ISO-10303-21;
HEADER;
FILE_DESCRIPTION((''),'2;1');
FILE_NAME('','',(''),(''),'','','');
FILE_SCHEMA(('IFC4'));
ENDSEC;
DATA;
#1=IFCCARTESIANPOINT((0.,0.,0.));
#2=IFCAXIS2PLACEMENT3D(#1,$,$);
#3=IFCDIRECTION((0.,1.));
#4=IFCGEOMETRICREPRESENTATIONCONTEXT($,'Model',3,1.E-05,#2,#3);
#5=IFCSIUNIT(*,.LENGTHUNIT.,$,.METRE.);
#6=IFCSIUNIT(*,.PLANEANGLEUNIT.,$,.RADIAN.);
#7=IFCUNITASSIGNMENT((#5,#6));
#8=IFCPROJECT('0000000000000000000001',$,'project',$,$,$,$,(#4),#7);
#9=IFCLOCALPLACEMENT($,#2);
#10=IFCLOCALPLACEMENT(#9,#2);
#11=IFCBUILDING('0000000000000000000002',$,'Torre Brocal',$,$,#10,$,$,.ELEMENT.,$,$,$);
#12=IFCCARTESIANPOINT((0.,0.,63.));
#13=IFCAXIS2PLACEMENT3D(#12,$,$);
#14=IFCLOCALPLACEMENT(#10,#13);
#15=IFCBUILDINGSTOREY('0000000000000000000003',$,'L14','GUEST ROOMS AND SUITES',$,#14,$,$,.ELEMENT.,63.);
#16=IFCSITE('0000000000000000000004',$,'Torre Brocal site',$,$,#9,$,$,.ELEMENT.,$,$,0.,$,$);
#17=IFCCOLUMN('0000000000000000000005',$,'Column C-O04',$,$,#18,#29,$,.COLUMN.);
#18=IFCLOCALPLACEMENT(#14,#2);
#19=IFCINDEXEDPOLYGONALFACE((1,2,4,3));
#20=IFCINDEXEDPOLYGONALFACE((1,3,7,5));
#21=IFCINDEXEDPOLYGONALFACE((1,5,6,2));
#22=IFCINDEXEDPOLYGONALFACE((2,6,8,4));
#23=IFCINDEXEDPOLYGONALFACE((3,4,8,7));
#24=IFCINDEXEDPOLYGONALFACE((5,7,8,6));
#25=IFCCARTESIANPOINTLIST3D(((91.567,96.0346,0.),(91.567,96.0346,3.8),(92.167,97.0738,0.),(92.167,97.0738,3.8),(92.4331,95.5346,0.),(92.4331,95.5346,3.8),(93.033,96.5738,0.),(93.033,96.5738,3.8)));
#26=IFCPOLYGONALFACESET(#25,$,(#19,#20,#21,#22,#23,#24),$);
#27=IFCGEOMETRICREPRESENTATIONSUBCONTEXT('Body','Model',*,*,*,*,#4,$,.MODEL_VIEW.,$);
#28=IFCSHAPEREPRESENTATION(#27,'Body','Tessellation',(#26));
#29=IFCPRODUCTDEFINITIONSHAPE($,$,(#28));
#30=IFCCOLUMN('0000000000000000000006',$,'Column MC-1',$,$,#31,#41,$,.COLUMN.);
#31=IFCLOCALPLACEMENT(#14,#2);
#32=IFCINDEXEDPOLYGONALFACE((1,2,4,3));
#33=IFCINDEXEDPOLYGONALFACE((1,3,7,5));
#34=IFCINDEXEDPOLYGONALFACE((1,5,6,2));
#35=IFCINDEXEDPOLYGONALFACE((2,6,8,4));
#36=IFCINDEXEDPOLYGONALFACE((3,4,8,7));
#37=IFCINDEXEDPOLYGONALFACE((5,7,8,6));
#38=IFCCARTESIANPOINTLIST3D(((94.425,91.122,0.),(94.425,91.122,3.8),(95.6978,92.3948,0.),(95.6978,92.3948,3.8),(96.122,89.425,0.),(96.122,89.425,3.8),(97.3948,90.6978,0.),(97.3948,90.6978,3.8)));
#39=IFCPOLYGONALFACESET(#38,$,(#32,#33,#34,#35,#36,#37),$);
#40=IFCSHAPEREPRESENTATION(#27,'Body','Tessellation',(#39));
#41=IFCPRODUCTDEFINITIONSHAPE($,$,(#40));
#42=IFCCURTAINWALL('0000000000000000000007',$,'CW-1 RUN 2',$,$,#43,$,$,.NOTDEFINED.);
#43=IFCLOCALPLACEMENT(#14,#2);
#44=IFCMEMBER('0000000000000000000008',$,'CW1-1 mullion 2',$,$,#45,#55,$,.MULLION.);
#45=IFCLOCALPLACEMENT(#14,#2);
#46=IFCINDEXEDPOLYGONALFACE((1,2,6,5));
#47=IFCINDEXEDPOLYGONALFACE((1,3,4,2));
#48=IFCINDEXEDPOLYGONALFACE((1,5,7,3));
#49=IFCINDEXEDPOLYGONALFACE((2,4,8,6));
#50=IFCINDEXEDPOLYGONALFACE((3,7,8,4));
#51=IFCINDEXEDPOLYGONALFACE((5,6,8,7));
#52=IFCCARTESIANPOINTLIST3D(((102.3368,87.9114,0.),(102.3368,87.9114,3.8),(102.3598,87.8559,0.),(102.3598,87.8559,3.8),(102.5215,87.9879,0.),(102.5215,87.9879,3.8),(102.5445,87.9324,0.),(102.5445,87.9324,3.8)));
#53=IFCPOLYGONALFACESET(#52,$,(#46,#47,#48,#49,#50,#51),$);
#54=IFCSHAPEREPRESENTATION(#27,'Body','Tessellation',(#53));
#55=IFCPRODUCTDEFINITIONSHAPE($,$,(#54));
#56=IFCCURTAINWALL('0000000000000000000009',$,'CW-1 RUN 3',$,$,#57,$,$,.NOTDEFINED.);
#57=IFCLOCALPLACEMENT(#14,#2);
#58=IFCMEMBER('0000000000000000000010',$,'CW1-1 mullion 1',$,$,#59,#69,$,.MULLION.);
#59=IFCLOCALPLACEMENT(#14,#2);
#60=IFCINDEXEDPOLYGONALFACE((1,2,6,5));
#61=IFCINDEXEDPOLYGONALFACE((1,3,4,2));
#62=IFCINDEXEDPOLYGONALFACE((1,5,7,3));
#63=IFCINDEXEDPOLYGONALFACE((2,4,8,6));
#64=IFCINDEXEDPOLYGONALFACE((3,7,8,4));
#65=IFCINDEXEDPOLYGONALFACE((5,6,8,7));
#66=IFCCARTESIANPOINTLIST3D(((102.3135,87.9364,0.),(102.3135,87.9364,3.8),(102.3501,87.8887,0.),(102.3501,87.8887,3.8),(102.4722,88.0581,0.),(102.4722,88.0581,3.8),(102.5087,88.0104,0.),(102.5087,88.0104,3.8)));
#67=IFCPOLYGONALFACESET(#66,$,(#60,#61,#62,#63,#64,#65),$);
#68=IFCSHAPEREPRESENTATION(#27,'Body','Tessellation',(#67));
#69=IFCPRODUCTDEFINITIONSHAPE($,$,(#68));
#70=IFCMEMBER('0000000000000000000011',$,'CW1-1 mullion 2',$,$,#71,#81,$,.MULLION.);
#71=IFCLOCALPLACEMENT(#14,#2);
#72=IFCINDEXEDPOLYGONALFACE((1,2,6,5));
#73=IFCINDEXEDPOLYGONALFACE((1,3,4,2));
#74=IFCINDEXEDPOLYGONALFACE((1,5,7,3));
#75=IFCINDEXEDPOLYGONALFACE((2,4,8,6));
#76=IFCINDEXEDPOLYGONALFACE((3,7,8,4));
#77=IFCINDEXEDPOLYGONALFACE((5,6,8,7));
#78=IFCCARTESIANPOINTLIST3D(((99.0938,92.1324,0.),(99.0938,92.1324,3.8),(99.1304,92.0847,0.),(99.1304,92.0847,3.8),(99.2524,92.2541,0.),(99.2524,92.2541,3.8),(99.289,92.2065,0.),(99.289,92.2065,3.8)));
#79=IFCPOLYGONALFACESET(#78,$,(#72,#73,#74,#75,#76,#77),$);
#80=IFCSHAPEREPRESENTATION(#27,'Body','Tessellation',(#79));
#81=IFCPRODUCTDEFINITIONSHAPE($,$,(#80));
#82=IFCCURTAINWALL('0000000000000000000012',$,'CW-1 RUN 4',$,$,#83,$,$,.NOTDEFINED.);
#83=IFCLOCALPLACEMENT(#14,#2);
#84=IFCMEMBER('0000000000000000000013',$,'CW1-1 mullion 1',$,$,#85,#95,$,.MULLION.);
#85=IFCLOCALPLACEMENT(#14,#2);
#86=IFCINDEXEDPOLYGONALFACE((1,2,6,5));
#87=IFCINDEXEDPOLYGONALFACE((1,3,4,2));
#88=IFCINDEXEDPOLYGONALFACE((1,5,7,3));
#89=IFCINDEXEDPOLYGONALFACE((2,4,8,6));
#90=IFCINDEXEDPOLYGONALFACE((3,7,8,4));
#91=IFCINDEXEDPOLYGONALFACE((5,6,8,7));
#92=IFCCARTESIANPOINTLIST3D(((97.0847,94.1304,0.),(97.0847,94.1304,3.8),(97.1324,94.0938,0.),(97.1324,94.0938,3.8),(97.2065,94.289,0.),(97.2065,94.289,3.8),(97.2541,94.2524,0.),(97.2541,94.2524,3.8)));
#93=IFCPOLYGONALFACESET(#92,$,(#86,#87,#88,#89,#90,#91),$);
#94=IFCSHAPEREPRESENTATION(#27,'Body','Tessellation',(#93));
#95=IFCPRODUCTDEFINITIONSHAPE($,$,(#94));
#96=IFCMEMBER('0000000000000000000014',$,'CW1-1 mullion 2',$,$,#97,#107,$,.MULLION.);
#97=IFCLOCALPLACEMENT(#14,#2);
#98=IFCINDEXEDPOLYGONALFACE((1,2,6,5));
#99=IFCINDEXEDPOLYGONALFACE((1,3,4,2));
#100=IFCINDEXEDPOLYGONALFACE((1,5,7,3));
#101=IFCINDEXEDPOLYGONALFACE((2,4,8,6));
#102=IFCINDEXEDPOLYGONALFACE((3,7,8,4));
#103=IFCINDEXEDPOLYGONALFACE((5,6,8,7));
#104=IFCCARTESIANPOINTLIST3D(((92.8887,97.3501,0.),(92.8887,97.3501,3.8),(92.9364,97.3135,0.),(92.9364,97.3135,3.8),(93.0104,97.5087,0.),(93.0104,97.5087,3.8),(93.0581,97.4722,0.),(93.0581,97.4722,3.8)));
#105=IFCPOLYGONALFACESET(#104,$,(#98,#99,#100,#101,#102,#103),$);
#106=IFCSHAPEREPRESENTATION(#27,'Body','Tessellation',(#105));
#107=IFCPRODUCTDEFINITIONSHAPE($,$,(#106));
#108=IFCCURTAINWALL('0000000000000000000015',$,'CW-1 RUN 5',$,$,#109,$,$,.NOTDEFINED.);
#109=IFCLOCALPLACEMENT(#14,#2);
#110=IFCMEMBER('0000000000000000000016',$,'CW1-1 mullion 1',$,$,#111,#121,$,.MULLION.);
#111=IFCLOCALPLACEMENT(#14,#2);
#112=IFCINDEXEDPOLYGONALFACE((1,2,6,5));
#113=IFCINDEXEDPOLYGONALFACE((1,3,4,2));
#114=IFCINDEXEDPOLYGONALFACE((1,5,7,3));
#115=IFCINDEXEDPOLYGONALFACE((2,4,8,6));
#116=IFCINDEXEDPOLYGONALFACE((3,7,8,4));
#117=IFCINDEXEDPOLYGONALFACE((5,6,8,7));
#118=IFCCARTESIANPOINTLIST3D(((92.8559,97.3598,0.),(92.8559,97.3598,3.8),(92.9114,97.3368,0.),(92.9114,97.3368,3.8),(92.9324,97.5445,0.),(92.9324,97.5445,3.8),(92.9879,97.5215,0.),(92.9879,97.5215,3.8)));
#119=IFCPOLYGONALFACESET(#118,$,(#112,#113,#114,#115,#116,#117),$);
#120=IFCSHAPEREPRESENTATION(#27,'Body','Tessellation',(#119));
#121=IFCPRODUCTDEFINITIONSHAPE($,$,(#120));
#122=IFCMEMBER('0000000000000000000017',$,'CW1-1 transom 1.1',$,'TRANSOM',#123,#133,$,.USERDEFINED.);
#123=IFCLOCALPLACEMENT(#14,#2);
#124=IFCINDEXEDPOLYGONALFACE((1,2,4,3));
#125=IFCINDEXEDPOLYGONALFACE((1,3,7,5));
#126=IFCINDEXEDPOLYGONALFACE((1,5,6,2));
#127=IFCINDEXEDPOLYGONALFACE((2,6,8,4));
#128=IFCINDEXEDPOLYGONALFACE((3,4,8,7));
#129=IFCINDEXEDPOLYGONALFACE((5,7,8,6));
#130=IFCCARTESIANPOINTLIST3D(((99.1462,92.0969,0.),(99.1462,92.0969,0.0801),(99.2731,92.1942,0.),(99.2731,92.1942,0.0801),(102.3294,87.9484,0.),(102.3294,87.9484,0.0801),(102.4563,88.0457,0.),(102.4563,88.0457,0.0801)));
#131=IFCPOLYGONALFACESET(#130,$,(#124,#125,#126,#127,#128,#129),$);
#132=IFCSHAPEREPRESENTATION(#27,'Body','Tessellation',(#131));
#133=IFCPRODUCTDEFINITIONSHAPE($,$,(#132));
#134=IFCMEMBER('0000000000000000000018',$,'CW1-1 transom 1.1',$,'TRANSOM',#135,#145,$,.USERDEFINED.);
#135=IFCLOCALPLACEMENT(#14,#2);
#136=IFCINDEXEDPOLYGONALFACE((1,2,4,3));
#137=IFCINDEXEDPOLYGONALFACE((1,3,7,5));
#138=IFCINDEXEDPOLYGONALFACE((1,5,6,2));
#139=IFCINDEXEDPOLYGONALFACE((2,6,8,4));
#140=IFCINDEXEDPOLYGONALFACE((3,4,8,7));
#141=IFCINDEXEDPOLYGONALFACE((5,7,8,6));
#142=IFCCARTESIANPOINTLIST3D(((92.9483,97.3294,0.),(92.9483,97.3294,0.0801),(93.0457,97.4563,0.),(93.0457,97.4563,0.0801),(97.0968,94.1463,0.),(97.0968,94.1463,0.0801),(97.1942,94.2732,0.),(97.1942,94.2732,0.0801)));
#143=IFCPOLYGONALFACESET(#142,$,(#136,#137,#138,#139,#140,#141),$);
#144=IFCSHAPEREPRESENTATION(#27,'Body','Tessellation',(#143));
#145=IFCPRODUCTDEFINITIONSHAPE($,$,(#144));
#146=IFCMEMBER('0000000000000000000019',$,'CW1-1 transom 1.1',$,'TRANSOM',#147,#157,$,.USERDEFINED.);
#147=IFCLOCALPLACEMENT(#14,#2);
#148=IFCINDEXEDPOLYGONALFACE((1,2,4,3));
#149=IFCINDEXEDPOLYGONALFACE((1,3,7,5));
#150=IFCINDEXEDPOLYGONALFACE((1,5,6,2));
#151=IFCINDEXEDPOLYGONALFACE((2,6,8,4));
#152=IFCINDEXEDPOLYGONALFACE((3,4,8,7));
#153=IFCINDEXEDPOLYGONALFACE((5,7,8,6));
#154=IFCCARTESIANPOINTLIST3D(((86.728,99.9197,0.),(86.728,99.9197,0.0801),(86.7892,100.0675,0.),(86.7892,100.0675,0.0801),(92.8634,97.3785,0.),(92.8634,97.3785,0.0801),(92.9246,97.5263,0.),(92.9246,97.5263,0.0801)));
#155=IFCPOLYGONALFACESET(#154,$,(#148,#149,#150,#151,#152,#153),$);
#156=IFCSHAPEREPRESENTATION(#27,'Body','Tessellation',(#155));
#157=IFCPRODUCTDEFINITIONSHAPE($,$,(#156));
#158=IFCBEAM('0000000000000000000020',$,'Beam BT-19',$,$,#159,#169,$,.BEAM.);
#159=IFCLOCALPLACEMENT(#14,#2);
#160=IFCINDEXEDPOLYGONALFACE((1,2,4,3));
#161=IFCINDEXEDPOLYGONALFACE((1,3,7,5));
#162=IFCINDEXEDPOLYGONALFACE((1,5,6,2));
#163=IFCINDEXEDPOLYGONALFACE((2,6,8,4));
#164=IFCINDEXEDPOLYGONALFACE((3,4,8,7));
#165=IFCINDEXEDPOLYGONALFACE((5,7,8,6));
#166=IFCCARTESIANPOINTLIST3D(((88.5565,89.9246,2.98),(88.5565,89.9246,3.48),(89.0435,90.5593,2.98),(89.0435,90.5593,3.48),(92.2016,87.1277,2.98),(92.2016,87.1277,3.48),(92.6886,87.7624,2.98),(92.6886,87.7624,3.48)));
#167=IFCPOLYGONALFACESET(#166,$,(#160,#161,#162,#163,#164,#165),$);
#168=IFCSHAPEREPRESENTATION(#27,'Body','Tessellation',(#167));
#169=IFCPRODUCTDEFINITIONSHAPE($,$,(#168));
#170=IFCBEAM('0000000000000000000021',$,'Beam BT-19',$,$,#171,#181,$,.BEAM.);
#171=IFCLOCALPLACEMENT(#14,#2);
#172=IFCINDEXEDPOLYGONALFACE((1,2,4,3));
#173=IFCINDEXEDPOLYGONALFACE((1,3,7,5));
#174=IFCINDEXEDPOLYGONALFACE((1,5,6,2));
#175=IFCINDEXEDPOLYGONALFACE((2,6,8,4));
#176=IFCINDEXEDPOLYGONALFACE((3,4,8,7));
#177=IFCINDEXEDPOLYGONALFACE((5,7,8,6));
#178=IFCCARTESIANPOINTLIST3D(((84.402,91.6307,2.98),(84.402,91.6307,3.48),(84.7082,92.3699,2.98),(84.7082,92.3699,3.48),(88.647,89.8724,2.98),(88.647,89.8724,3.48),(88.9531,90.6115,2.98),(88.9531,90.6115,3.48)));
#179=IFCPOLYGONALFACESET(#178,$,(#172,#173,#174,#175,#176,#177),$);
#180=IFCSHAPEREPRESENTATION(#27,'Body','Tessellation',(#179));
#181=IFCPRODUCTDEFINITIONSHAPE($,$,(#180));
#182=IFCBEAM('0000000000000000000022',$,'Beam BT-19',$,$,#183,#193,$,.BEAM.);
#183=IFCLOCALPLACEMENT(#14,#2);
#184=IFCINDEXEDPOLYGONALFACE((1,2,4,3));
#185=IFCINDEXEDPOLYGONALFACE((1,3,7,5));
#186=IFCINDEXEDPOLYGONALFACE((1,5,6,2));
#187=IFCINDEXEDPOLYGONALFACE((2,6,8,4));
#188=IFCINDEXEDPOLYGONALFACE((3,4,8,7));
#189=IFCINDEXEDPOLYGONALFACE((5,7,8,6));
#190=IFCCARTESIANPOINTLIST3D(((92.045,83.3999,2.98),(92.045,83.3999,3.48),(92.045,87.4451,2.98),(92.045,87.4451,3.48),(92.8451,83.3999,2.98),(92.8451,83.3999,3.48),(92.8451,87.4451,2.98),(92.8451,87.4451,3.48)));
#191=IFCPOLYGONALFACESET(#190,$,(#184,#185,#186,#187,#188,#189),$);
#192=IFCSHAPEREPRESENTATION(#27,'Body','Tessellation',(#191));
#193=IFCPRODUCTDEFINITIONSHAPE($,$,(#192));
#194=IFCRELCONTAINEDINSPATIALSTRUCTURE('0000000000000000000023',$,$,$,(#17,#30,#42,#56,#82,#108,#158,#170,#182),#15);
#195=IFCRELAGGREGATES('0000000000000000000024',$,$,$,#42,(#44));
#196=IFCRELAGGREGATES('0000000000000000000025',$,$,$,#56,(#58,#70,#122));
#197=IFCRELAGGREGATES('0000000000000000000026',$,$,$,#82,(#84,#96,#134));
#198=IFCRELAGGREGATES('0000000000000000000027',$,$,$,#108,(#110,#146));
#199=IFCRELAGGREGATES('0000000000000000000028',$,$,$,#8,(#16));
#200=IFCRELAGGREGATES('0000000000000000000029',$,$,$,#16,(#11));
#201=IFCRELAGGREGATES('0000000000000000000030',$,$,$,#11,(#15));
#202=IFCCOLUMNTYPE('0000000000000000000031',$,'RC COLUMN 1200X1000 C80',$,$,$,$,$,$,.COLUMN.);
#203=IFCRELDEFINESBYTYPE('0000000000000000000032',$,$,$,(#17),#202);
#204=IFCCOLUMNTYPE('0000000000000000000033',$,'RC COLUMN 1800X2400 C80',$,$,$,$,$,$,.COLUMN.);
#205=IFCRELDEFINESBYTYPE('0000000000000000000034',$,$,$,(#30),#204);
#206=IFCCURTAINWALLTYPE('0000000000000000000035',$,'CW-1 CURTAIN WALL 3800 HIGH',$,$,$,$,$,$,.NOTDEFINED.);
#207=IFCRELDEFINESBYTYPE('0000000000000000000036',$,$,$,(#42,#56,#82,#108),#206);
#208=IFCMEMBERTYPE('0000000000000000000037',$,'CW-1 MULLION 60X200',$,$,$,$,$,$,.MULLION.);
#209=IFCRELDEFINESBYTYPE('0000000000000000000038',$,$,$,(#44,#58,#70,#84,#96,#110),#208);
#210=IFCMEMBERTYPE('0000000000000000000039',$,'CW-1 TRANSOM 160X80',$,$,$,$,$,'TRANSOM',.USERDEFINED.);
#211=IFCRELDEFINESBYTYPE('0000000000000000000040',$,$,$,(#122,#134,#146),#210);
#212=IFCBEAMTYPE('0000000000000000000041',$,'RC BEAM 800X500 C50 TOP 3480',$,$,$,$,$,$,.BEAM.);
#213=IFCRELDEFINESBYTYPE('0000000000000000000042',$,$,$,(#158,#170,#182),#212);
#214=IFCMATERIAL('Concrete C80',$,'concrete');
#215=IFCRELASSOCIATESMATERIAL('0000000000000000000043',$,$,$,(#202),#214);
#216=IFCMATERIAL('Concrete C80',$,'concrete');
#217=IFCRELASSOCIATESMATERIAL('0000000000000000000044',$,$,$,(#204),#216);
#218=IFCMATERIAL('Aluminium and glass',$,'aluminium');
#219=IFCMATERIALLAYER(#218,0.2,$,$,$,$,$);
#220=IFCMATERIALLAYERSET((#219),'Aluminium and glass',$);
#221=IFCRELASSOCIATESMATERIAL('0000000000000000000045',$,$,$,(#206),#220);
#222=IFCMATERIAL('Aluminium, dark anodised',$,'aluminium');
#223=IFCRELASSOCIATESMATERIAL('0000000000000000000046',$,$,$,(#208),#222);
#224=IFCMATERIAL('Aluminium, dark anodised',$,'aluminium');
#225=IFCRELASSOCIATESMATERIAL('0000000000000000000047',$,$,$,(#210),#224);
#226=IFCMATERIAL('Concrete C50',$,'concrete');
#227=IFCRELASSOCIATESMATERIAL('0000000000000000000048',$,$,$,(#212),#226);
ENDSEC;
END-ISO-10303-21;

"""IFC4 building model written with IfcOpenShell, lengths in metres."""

from ifc_helpers import new_model, si_unit, direction, frame, origin, origin_2d, place, context, subcontext, project, spatial, rectangle, extrude, material, layer, layer_set, material_profile, profile_set, type_object, element, aggregate, save


model = new_model("IFC4")

# Units and contexts
model_context = context("Model", 3, precision=1e-05, world=origin(), true_north=direction((0.0, 1.0)))
body_context = subcontext(model_context, "Body", "Model", "MODEL_VIEW")
ifc_project = project(units=[si_unit("LENGTHUNIT", "METRE"), si_unit("PLANEANGLEUNIT", "RADIAN")], contexts=[model_context])

# Site, building, storey
site_placement = place(None, origin())
site = spatial("IfcSite", under=ifc_project, at=site_placement, Name="Torre Brocal site", CompositionType="ELEMENT", RefElevation=0.0)
building_placement = place(site_placement, origin())
building = spatial("IfcBuilding", under=site, at=building_placement, Name="Torre Brocal", CompositionType="ELEMENT")
storey_placement = place(building_placement, frame((0.0, 0.0, 63.0)))
storey = spatial("IfcBuildingStorey", under=building, at=storey_placement, Name="L14", Description="GUEST ROOMS AND SUITES", CompositionType="ELEMENT", Elevation=63.0)

# Columns
ifc_material_1 = material(Name="Concrete C80", Category="concrete")
ifc_material_profile_1 = material_profile(ifc_material_1, rectangle(XDim=1.2, YDim=1.0, at=origin_2d()), Name="RC 1200X1000")
ifc_profile_set_1 = profile_set([ifc_material_profile_1], Name="Concrete C80")
column_type_1 = type_object("IfcColumnType", Name="RC COLUMN 1200X1000 C80", PredefinedType="COLUMN", material=ifc_profile_set_1)
column_1_placement = place(storey_placement, frame((92.3, 96.3042, 0.0), z_axis=(0.0, 0.0, 1.0), x_axis=(0.5, 0.866025, 0.0)))
element("IfcColumn", 1, at=column_1_placement, inside=storey, type_object=column_type_1, Name="Column C-O04", PredefinedType="COLUMN", context=body_context, shape_type="SweptSolid", body=[
    extrude(rectangle(XDim=1.2, YDim=1.0, at=origin_2d()), origin(), (0.0, 0.0, 1.0), 3.8),
])
ifc_material_2 = material(Name="Concrete C80", Category="concrete")
ifc_material_profile_2 = material_profile(ifc_material_2, rectangle(XDim=1.8, YDim=2.3999, at=origin_2d()), Name="RC 1800X2400")
ifc_profile_set_2 = profile_set([ifc_material_profile_2], Name="Concrete C80")
column_type_2 = type_object("IfcColumnType", Name="RC COLUMN 1800X2400 C80", PredefinedType="COLUMN", material=ifc_profile_set_2)
column_2_placement = place(storey_placement, frame((95.9099, 90.9099, 0.0), z_axis=(0.0, 0.0, 1.0), x_axis=(0.707107, 0.707107, 0.0)))
element("IfcColumn", 2, at=column_2_placement, inside=storey, type_object=column_type_2, Name="Column MC-1", PredefinedType="COLUMN", context=body_context, shape_type="SweptSolid", body=[
    extrude(rectangle(XDim=1.8, YDim=2.3999, at=origin_2d()), origin(), (0.0, 0.0, 1.0), 3.8),
])

# Curtain wall, member
ifc_material_3 = material(Name="Aluminium and glass", Category="aluminium")
ifc_layer_1 = layer(ifc_material_3, 0.2)
ifc_layer_set_1 = layer_set([ifc_layer_1], Name="Aluminium and glass")
curtain_wall_type = type_object("IfcCurtainWallType", Name="CW-1 CURTAIN WALL 3800 HIGH", PredefinedType="NOTDEFINED", material=ifc_layer_set_1)
curtain_wall_1_placement = place(storey_placement, origin())
curtain_wall_1 = element("IfcCurtainWall", 3, at=curtain_wall_1_placement, inside=storey, type_object=curtain_wall_type, Name="CW-1 RUN 2", PredefinedType="NOTDEFINED")
ifc_material_4 = material(Name="Aluminium, dark anodised", Category="aluminium")
ifc_material_profile_3 = material_profile(ifc_material_4, rectangle(XDim=0.2, YDim=0.0601, at=origin_2d()), Name="CW-1 MULLION 60X200")
ifc_profile_set_3 = profile_set([ifc_material_profile_3], Name="Aluminium, dark anodised")
member_type_1 = type_object("IfcMemberType", Name="CW-1 MULLION 60X200", PredefinedType="MULLION", material=ifc_profile_set_3)
member_1_placement = place(storey_placement, frame((102.4407, 87.9219, 0.0), z_axis=(0.0, 0.0, 1.0), x_axis=(-0.92388, -0.382683, 0.0)))
member_1 = element("IfcMember", 4, at=member_1_placement, type_object=member_type_1, Name="CW1-1 mullion 2", PredefinedType="MULLION", context=body_context, shape_type="SweptSolid", body=[
    extrude(rectangle(XDim=0.2, YDim=0.0601, at=origin_2d()), origin(), (0.0, 0.0, 1.0), 3.8),
])
aggregate(curtain_wall_1, [member_1])

# Curtain walls, members
curtain_wall_2_placement = place(storey_placement, origin())
curtain_wall_2 = element("IfcCurtainWall", 5, at=curtain_wall_2_placement, inside=storey, type_object=curtain_wall_type, Name="CW-1 RUN 3", PredefinedType="NOTDEFINED")
member_2_placement = place(storey_placement, frame((102.4111, 87.9734, 0.0), z_axis=(0.0, 0.0, 1.0), x_axis=(-0.793353, -0.608761, 0.0)))
member_2 = element("IfcMember", 6, at=member_2_placement, type_object=member_type_1, Name="CW1-1 mullion 1", PredefinedType="MULLION", context=body_context, shape_type="SweptSolid", body=[
    extrude(rectangle(XDim=0.2, YDim=0.0601, at=origin_2d()), origin(), (0.0, 0.0, 1.0), 3.8),
])
member_3_placement = place(storey_placement, frame((99.1914, 92.1694, 0.0), z_axis=(0.0, 0.0, 1.0), x_axis=(-0.793353, -0.608761, 0.0)))
member_3 = element("IfcMember", 7, at=member_3_placement, type_object=member_type_1, Name="CW1-1 mullion 2", PredefinedType="MULLION", context=body_context, shape_type="SweptSolid", body=[
    extrude(rectangle(XDim=0.2, YDim=0.0601, at=origin_2d()), origin(), (0.0, 0.0, 1.0), 3.8),
])
curtain_wall_3_placement = place(storey_placement, origin())
curtain_wall_3 = element("IfcCurtainWall", 8, at=curtain_wall_3_placement, inside=storey, type_object=curtain_wall_type, Name="CW-1 RUN 4", PredefinedType="NOTDEFINED")
member_4_placement = place(storey_placement, frame((97.1694, 94.1914, 0.0), z_axis=(0.0, 0.0, 1.0), x_axis=(-0.608761, -0.793353, 0.0)))
member_4 = element("IfcMember", 9, at=member_4_placement, type_object=member_type_1, Name="CW1-1 mullion 1", PredefinedType="MULLION", context=body_context, shape_type="SweptSolid", body=[
    extrude(rectangle(XDim=0.2, YDim=0.0601, at=origin_2d()), origin(), (0.0, 0.0, 1.0), 3.8),
])
member_5_placement = place(storey_placement, frame((92.9734, 97.4111, 0.0), z_axis=(0.0, 0.0, 1.0), x_axis=(-0.608761, -0.793353, 0.0)))
member_5 = element("IfcMember", 10, at=member_5_placement, type_object=member_type_1, Name="CW1-1 mullion 2", PredefinedType="MULLION", context=body_context, shape_type="SweptSolid", body=[
    extrude(rectangle(XDim=0.2, YDim=0.0601, at=origin_2d()), origin(), (0.0, 0.0, 1.0), 3.8),
])

# Curtain wall, member
curtain_wall_4_placement = place(storey_placement, origin())
curtain_wall_4 = element("IfcCurtainWall", 11, at=curtain_wall_4_placement, inside=storey, type_object=curtain_wall_type, Name="CW-1 RUN 5", PredefinedType="NOTDEFINED")
member_6_placement = place(storey_placement, frame((92.9219, 97.4407, 0.0), z_axis=(0.0, 0.0, 1.0), x_axis=(-0.382683, -0.92388, 0.0)))
member_6 = element("IfcMember", 12, at=member_6_placement, type_object=member_type_1, Name="CW1-1 mullion 1", PredefinedType="MULLION", context=body_context, shape_type="SweptSolid", body=[
    extrude(rectangle(XDim=0.2, YDim=0.0601, at=origin_2d()), origin(), (0.0, 0.0, 1.0), 3.8),
])

# Members
ifc_material_5 = material(Name="Aluminium, dark anodised", Category="aluminium")
ifc_material_profile_4 = material_profile(ifc_material_5, rectangle(XDim=0.1599, YDim=0.0801, at=origin_2d()), Name="CW-1 TRANSOM 160X80")
ifc_profile_set_4 = profile_set([ifc_material_profile_4], Name="Aluminium, dark anodised")
member_type_2 = type_object("IfcMemberType", Name="CW-1 TRANSOM 160X80", ElementType="TRANSOM", PredefinedType="USERDEFINED", material=ifc_profile_set_4)
member_7_placement = place(storey_placement, frame((102.3928, 87.9971, 0.04), z_axis=(-0.608749, 0.793363, 0.0), x_axis=(-0.793363, -0.608749, 0.0)))
member_7 = element("IfcMember", 13, at=member_7_placement, type_object=member_type_2, Name="CW1-1 transom 1.1", ObjectType="TRANSOM", PredefinedType="USERDEFINED", context=body_context, shape_type="SweptSolid", body=[
    extrude(rectangle(XDim=0.1599, YDim=0.0801, at=origin_2d()), origin(), (0.0, 0.0, 1.0), 5.229),
])
member_8_placement = place(storey_placement, frame((97.1455, 94.2097, 0.04), z_axis=(-0.793363, 0.608749, 0.0), x_axis=(-0.608749, -0.793363, 0.0)))
member_8 = element("IfcMember", 14, at=member_8_placement, type_object=member_type_2, Name="CW1-1 transom 1.1", ObjectType="TRANSOM", PredefinedType="USERDEFINED", context=body_context, shape_type="SweptSolid", body=[
    extrude(rectangle(XDim=0.1599, YDim=0.0801, at=origin_2d()), origin(), (0.0, 0.0, 1.0), 5.229),
])
member_9_placement = place(storey_placement, frame((92.894, 97.4524, 0.04), z_axis=(-0.923887, 0.382665, 0.0), x_axis=(-0.382665, -0.923887, 0.0)))
member_9 = element("IfcMember", 15, at=member_9_placement, type_object=member_type_2, Name="CW1-1 transom 1.1", ObjectType="TRANSOM", PredefinedType="USERDEFINED", context=body_context, shape_type="SweptSolid", body=[
    extrude(rectangle(XDim=0.1599, YDim=0.0801, at=origin_2d()), origin(), (0.0, 0.0, 1.0), 6.6409),
])

# Beams
ifc_material_6 = material(Name="Concrete C50", Category="concrete")
ifc_material_profile_5 = material_profile(ifc_material_6, rectangle(XDim=0.8, YDim=0.5, at=origin_2d()), Name="RC 800X500")
ifc_profile_set_5 = profile_set([ifc_material_profile_5], Name="Concrete C50")
beam_type_1 = type_object("IfcBeamType", Name="RC BEAM 800X500 C50 TOP 3480", PredefinedType="BEAM", material=ifc_profile_set_5)
beam_1_placement = place(storey_placement, frame((92.4451, 87.4451, 3.23), z_axis=(-0.793358, 0.608755, 0.0), x_axis=(-0.608755, -0.793358, 0.0)))
element("IfcBeam", 16, at=beam_1_placement, inside=storey, type_object=beam_type_1, Name="Beam BT-19", PredefinedType="BEAM", context=body_context, shape_type="SweptSolid", body=[
    extrude(rectangle(XDim=0.8, YDim=0.5, at=origin_2d()), origin(), (0.0, 0.0, 1.0), 4.5945),
])
beam_2_placement = place(storey_placement, frame((88.8, 90.2419, 3.23), z_axis=(-0.923878, 0.382687, 0.0), x_axis=(-0.382687, -0.923878, 0.0)))
element("IfcBeam", 17, at=beam_2_placement, inside=storey, type_object=beam_type_1, Name="Beam BT-19", PredefinedType="BEAM", context=body_context, shape_type="SweptSolid", body=[
    extrude(rectangle(XDim=0.8, YDim=0.5, at=origin_2d()), origin(), (0.0, 0.0, 1.0), 4.5947),
])
beam_3_placement = place(storey_placement, frame((92.4451, 87.4451, 3.23), z_axis=(0.0, -1.0, 0.0), x_axis=(1.0, 0.0, 0.0)))
element("IfcBeam", 18, at=beam_3_placement, inside=storey, type_object=beam_type_1, Name="Beam BT-19", PredefinedType="BEAM", context=body_context, shape_type="SweptSolid", body=[
    extrude(rectangle(XDim=0.8, YDim=0.5, at=origin_2d()), origin(), (0.0, 0.0, 1.0), 4.0452),
])

aggregate(curtain_wall_2, [member_2, member_3, member_7])
aggregate(curtain_wall_3, [member_4, member_5, member_8])
aggregate(curtain_wall_4, [member_6, member_9])

save(model, "model.ifc")
